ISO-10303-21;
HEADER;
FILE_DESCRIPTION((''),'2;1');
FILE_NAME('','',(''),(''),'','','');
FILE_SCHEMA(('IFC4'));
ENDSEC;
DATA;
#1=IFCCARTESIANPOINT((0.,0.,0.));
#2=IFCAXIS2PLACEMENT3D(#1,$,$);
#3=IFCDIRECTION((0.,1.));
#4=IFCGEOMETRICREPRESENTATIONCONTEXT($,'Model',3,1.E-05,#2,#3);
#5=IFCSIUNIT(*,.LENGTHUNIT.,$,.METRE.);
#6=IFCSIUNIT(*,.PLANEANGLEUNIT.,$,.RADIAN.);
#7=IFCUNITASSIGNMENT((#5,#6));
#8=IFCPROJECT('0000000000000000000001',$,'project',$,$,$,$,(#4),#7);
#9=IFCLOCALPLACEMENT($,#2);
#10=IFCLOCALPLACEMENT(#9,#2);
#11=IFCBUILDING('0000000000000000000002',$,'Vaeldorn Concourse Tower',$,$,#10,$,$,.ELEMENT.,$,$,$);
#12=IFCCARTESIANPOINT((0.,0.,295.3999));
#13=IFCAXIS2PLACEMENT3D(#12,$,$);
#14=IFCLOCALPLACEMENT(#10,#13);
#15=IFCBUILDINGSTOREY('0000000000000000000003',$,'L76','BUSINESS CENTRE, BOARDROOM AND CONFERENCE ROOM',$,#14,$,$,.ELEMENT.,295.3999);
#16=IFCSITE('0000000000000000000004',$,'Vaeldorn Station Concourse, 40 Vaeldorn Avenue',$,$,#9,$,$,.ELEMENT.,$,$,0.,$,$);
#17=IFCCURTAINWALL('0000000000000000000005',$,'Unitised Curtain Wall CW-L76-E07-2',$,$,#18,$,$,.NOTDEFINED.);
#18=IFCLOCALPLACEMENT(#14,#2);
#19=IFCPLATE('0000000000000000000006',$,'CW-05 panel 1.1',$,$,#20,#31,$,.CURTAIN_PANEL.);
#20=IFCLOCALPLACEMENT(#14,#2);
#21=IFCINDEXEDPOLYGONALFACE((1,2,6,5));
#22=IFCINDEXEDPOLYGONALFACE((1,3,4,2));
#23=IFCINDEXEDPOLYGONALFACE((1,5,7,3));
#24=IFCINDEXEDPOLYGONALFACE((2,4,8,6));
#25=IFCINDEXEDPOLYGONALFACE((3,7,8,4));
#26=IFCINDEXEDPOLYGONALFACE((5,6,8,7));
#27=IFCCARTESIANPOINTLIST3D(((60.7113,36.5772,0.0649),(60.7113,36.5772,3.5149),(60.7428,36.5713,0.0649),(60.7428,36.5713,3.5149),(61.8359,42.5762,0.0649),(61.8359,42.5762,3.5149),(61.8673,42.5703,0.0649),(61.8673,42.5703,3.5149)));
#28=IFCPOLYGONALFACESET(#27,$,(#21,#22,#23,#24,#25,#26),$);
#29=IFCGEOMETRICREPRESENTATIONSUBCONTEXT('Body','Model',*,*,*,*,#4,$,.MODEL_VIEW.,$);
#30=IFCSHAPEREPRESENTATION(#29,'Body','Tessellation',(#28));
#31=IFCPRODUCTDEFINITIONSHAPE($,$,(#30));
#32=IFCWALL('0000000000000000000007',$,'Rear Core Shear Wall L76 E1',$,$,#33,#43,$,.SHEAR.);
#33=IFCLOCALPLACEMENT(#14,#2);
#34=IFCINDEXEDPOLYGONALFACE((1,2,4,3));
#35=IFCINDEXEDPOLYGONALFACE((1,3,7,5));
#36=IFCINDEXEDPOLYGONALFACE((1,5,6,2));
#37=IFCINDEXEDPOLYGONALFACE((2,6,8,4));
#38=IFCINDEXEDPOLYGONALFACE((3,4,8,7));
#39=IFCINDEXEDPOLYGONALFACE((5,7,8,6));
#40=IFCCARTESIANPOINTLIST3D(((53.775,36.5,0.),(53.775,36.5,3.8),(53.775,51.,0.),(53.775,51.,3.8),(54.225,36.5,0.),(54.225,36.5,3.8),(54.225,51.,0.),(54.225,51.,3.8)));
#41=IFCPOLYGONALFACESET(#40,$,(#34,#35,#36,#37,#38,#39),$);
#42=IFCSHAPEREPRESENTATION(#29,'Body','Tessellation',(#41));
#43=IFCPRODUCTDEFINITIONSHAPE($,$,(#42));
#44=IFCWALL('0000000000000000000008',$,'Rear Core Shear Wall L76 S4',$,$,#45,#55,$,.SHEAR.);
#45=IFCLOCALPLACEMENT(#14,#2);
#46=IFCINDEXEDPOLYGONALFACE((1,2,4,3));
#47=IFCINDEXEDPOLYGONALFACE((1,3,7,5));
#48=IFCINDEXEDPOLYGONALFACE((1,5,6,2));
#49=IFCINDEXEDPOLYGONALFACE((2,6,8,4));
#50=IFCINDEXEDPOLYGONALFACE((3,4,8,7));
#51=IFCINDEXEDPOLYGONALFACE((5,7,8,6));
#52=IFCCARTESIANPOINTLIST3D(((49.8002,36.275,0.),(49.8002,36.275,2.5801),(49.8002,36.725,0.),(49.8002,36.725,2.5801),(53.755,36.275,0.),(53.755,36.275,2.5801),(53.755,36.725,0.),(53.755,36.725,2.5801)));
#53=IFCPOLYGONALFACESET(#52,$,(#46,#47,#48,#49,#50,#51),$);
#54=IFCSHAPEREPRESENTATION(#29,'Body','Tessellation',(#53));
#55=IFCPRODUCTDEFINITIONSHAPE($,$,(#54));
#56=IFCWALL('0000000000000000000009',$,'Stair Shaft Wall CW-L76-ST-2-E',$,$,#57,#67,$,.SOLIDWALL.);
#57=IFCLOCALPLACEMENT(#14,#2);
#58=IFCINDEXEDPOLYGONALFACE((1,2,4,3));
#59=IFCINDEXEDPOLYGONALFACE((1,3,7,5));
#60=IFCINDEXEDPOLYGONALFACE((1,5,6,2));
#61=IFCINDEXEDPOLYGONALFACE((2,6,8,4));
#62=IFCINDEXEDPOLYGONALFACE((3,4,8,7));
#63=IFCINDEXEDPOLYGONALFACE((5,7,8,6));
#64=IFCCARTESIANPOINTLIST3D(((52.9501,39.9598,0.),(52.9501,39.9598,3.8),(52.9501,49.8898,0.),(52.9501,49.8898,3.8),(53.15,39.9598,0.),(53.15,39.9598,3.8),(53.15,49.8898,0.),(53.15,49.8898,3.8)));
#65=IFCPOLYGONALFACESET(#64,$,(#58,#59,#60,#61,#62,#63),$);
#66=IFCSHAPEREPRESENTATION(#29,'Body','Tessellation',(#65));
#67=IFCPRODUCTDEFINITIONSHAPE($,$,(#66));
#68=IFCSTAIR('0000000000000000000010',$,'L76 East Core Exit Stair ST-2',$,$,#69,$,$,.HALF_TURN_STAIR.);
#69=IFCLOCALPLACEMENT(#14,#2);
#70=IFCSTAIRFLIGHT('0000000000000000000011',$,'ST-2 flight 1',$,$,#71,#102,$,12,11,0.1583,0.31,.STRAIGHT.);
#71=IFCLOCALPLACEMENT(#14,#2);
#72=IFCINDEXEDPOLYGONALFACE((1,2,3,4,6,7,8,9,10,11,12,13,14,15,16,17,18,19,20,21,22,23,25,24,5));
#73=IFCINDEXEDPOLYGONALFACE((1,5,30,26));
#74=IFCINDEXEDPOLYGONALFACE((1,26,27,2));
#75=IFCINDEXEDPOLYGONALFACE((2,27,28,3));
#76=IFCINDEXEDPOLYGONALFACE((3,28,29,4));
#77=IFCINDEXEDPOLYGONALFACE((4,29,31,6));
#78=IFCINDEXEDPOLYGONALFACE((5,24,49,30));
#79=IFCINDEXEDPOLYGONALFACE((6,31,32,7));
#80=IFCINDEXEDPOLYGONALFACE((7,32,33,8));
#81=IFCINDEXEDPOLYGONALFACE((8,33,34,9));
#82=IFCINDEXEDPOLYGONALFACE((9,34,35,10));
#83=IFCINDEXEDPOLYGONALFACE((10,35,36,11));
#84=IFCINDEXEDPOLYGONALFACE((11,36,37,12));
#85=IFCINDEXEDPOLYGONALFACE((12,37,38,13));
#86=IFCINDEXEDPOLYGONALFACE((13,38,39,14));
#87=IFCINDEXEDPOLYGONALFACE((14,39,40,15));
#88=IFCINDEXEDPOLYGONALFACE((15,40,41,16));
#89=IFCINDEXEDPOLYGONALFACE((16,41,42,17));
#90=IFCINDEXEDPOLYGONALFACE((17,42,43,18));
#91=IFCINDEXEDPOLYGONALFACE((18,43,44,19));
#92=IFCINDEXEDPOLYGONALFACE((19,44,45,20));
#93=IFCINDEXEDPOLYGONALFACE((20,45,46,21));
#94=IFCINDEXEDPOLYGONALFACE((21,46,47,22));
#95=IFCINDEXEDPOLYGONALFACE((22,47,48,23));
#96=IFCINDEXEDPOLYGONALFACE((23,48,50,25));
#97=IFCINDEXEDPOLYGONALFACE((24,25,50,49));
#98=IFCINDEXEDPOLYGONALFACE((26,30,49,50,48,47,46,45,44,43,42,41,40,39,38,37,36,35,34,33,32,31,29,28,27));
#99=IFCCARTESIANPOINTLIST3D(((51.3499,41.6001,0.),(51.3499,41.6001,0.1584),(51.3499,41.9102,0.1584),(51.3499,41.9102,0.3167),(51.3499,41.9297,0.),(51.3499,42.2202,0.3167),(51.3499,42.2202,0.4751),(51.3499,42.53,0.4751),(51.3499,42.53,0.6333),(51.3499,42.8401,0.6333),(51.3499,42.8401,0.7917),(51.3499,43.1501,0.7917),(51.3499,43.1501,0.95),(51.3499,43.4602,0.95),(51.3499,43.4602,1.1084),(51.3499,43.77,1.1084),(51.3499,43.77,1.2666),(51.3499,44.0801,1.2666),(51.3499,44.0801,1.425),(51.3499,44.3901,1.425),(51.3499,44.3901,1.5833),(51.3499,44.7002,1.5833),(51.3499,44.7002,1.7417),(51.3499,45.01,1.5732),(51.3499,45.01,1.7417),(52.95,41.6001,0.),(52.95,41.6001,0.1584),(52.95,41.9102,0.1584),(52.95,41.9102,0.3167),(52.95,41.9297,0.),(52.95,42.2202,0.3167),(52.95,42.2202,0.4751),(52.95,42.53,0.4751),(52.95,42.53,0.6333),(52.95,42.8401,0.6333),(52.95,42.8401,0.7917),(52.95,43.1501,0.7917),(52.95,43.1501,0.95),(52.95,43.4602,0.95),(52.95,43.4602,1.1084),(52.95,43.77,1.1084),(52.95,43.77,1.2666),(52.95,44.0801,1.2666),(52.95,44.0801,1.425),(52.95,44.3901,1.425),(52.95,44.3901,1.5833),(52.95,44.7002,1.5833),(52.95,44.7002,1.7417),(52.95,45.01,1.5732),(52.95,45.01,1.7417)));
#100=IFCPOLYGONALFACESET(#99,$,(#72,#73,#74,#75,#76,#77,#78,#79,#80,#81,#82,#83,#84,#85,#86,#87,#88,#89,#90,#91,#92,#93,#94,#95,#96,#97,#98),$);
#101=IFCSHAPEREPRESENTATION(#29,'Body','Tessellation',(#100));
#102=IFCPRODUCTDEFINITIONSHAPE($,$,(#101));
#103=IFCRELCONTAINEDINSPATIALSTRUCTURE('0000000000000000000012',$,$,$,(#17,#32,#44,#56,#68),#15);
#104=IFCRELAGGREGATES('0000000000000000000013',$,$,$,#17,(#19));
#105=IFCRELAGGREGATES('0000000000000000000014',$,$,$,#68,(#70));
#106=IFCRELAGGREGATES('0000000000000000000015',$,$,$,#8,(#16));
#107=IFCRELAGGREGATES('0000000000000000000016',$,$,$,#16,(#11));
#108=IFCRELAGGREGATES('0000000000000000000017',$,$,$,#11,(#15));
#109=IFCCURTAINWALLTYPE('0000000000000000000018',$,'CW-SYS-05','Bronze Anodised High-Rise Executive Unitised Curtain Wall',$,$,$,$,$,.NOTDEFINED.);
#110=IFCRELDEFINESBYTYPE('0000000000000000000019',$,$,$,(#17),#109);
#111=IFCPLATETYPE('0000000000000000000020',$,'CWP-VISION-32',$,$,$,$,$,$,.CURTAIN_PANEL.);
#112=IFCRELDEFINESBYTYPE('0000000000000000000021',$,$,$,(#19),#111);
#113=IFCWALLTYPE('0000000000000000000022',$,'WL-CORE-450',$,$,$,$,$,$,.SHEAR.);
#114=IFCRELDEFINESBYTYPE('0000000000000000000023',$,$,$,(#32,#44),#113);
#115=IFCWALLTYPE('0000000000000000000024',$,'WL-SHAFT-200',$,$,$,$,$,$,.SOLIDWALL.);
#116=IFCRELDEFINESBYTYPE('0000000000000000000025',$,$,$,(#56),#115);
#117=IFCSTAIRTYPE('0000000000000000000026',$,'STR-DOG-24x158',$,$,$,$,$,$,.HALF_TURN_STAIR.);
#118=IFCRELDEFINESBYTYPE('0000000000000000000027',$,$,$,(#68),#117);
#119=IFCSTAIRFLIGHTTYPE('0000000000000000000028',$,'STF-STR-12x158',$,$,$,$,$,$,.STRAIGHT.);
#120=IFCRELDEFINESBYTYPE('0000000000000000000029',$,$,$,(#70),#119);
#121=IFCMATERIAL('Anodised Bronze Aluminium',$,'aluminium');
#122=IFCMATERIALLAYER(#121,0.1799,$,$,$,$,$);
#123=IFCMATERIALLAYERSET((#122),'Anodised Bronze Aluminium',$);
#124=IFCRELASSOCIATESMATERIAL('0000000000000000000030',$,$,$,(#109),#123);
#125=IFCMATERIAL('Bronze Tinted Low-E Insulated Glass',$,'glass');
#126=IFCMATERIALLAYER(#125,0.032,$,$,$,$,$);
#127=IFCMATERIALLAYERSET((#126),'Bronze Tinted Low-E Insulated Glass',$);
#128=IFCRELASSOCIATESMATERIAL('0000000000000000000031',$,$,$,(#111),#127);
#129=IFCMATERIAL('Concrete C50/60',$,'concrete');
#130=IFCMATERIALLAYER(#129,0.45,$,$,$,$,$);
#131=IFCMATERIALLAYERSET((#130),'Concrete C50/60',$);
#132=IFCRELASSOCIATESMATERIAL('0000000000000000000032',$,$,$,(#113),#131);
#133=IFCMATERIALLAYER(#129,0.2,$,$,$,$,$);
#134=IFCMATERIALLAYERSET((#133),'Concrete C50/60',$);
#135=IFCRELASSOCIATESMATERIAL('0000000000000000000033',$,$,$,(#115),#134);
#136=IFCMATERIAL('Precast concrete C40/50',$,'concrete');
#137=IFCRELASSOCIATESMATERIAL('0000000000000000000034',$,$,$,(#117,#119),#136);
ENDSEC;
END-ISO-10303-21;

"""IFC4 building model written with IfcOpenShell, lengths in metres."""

from ifc_helpers import new_model, si_unit, direction, frame, frame_2d, origin, origin_2d, place, context, subcontext, project, spatial, polyline, rectangle, outline, extrude, source, transform, mapped, material, layer, layer_set, type_object, element, aggregate, save


model = new_model("IFC4")

# Units and contexts
model_context = context("Model", 3, precision=1e-05, world=origin(), true_north=direction((0.0, 1.0)))
body_context = subcontext(model_context, "Body", "Model", "MODEL_VIEW")
ifc_project = project(units=[si_unit("LENGTHUNIT", "METRE"), si_unit("PLANEANGLEUNIT", "RADIAN")], contexts=[model_context])

# Site, building, storey
site_placement = place(None, origin())
site = spatial("IfcSite", under=ifc_project, at=site_placement, Name="Vaeldorn Station Concourse, 40 Vaeldorn Avenue", CompositionType="ELEMENT", RefElevation=0.0)
building_placement = place(site_placement, origin())
building = spatial("IfcBuilding", under=site, at=building_placement, Name="Vaeldorn Concourse Tower", CompositionType="ELEMENT")
storey_placement = place(building_placement, frame((0.0, 0.0, 295.3999)))
storey = spatial("IfcBuildingStorey", under=building, at=storey_placement, Name="L76", Description="BUSINESS CENTRE, BOARDROOM AND CONFERENCE ROOM", CompositionType="ELEMENT", Elevation=295.3999)

# Shared definitions
ifc_material_1 = material(Name="Concrete C50/60", Category="concrete")

# Curtain wall, plate
ifc_material_2 = material(Name="Anodised Bronze Aluminium", Category="aluminium")
ifc_layer_1 = layer(ifc_material_2, 0.1799)
ifc_layer_set_1 = layer_set([ifc_layer_1], Name="Anodised Bronze Aluminium")
curtain_wall_type = type_object("IfcCurtainWallType", Name="CW-SYS-05", Description="Bronze Anodised High-Rise Executive Unitised Curtain Wall", PredefinedType="NOTDEFINED", material=ifc_layer_set_1)
curtain_wall_placement = place(storey_placement, origin())
curtain_wall = element("IfcCurtainWall", 1, at=curtain_wall_placement, inside=storey, type_object=curtain_wall_type, Name="Unitised Curtain Wall CW-L76-E07-2", PredefinedType="NOTDEFINED")
ifc_material_3 = material(Name="Bronze Tinted Low-E Insulated Glass", Category="glass")
ifc_layer_2 = layer(ifc_material_3, 0.032)
ifc_layer_set_2 = layer_set([ifc_layer_2], Name="Bronze Tinted Low-E Insulated Glass")
plate_type = type_object("IfcPlateType", Name="CWP-VISION-32", PredefinedType="CURTAIN_PANEL", material=ifc_layer_set_2)
shared_shape_1 = source(origin(), body_context, "Body", "SweptSolid", [
    extrude(rectangle(XDim=6.1035, YDim=0.032, at=origin_2d()), origin(), (0.0, 0.0, 1.0), 3.45),
])
plate_placement = place(storey_placement, frame((61.2893, 39.5737, 0.0649), z_axis=(0.0, 0.0, 1.0), x_axis=(0.184246, 0.98288, 0.0)))
plate = element("IfcPlate", 2, at=plate_placement, type_object=plate_type, Name="CW-05 panel 1.1", PredefinedType="CURTAIN_PANEL", context=body_context, shape_type="MappedRepresentation", body=[
    mapped(shared_shape_1, transform((0.0, 0.0, 0.0), scale=1.0)),
])
aggregate(curtain_wall, [plate])

# Walls
ifc_layer_3 = layer(ifc_material_1, 0.45)
ifc_layer_set_3 = layer_set([ifc_layer_3], Name="Concrete C50/60")
wall_type_1 = type_object("IfcWallType", Name="WL-CORE-450", PredefinedType="SHEAR", material=ifc_layer_set_3)
wall_1_placement = place(storey_placement, frame((54.0, 36.5, 0.0), z_axis=(0.0, 0.0, 1.0), x_axis=(0.0, 1.0, 0.0)))
element("IfcWall", 3, at=wall_1_placement, inside=storey, type_object=wall_type_1, Name="Rear Core Shear Wall L76 E1", PredefinedType="SHEAR", context=body_context, shape_type="SweptSolid", body=[
    extrude(rectangle(XDim=14.5, YDim=0.45, at=frame_2d((7.25, 0.0))), origin(), (0.0, 0.0, 1.0), 3.8),
])
wall_2_placement = place(storey_placement, frame((49.8, 36.5, 0.0), z_axis=(0.0, 0.0, 1.0), x_axis=(1.0, 0.0, 0.0)))
element("IfcWall", 4, at=wall_2_placement, inside=storey, type_object=wall_type_1, Name="Rear Core Shear Wall L76 S4", PredefinedType="SHEAR", context=body_context, shape_type="SweptSolid", body=[
    extrude(rectangle(XDim=3.9548, YDim=0.45, at=frame_2d((1.9775, 0.0))), origin(), (0.0, 0.0, 1.0), 2.5801),
])
ifc_layer_4 = layer(ifc_material_1, 0.2)
ifc_layer_set_4 = layer_set([ifc_layer_4], Name="Concrete C50/60")
wall_type_2 = type_object("IfcWallType", Name="WL-SHAFT-200", PredefinedType="SOLIDWALL", material=ifc_layer_set_4)
wall_3_placement = place(storey_placement, frame((53.05, 39.96, 0.0), z_axis=(0.0, 0.0, 1.0), x_axis=(0.0, 1.0, 0.0)))
element("IfcWall", 5, at=wall_3_placement, inside=storey, type_object=wall_type_2, Name="Stair Shaft Wall CW-L76-ST-2-E", PredefinedType="SOLIDWALL", context=body_context, shape_type="SweptSolid", body=[
    extrude(rectangle(XDim=9.9299, YDim=0.2, at=frame_2d((4.9648, 0.0))), origin(), (0.0, 0.0, 1.0), 3.8),
])

# Stair, stair flight
ifc_material_4 = material(Name="Precast concrete C40/50", Category="concrete")
stair_type = type_object("IfcStairType", Name="STR-DOG-24x158", PredefinedType="HALF_TURN_STAIR", material=ifc_material_4)
stair_placement = place(storey_placement, origin())
stair = element("IfcStair", 6, at=stair_placement, inside=storey, type_object=stair_type, Name="L76 East Core Exit Stair ST-2", PredefinedType="HALF_TURN_STAIR")
stair_flight_type = type_object("IfcStairFlightType", Name="STF-STR-12x158", PredefinedType="STRAIGHT", material=ifc_material_4)
stair_flight_placement = place(storey_placement, frame((52.1499, 41.6001, 0.0), z_axis=(0.0, 0.0, 1.0), x_axis=(0.0, 1.0, 0.0)))
stair_flight = element("IfcStairFlight", 7, at=stair_flight_placement, type_object=stair_flight_type, Name="ST-2 flight 1", NumberOfRisers=12, NumberOfTreads=11, PredefinedType="STRAIGHT", RiserHeight=0.1583, TreadLength=0.31, context=body_context, shape_type="SweptSolid", body=[
    extrude(outline(polyline([(0.0, 0.0), (0.0, 0.1584), (0.3101, 0.1584), (0.3101, 0.3167), (0.6201, 0.3167), (0.6201, 0.4751), (0.9299, 0.4751), (0.9299, 0.6333), (1.24, 0.6333), (1.24, 0.7917), (1.55, 0.7917), (1.55, 0.95), (1.8601, 0.95), (1.8601, 1.1084), (2.1699, 1.1084), (2.1699, 1.2666), (2.48, 1.2666), (2.48, 1.425), (2.79, 1.425), (2.79, 1.5833), (3.1001, 1.5833), (3.1001, 1.7417), (3.4099, 1.7417), (3.4099, 1.8999), (3.4099, 1.5732), (0.3296, 0.0), (0.0, 0.0)])), frame((0.0, 0.8, 0.0), z_axis=(0.0, -1.0, 0.0), x_axis=(1.0, 0.0, 0.0)), (0.0, 0.0, 1.0), 1.6001),
])
aggregate(stair, [stair_flight])

save(model, "model.ifc")
